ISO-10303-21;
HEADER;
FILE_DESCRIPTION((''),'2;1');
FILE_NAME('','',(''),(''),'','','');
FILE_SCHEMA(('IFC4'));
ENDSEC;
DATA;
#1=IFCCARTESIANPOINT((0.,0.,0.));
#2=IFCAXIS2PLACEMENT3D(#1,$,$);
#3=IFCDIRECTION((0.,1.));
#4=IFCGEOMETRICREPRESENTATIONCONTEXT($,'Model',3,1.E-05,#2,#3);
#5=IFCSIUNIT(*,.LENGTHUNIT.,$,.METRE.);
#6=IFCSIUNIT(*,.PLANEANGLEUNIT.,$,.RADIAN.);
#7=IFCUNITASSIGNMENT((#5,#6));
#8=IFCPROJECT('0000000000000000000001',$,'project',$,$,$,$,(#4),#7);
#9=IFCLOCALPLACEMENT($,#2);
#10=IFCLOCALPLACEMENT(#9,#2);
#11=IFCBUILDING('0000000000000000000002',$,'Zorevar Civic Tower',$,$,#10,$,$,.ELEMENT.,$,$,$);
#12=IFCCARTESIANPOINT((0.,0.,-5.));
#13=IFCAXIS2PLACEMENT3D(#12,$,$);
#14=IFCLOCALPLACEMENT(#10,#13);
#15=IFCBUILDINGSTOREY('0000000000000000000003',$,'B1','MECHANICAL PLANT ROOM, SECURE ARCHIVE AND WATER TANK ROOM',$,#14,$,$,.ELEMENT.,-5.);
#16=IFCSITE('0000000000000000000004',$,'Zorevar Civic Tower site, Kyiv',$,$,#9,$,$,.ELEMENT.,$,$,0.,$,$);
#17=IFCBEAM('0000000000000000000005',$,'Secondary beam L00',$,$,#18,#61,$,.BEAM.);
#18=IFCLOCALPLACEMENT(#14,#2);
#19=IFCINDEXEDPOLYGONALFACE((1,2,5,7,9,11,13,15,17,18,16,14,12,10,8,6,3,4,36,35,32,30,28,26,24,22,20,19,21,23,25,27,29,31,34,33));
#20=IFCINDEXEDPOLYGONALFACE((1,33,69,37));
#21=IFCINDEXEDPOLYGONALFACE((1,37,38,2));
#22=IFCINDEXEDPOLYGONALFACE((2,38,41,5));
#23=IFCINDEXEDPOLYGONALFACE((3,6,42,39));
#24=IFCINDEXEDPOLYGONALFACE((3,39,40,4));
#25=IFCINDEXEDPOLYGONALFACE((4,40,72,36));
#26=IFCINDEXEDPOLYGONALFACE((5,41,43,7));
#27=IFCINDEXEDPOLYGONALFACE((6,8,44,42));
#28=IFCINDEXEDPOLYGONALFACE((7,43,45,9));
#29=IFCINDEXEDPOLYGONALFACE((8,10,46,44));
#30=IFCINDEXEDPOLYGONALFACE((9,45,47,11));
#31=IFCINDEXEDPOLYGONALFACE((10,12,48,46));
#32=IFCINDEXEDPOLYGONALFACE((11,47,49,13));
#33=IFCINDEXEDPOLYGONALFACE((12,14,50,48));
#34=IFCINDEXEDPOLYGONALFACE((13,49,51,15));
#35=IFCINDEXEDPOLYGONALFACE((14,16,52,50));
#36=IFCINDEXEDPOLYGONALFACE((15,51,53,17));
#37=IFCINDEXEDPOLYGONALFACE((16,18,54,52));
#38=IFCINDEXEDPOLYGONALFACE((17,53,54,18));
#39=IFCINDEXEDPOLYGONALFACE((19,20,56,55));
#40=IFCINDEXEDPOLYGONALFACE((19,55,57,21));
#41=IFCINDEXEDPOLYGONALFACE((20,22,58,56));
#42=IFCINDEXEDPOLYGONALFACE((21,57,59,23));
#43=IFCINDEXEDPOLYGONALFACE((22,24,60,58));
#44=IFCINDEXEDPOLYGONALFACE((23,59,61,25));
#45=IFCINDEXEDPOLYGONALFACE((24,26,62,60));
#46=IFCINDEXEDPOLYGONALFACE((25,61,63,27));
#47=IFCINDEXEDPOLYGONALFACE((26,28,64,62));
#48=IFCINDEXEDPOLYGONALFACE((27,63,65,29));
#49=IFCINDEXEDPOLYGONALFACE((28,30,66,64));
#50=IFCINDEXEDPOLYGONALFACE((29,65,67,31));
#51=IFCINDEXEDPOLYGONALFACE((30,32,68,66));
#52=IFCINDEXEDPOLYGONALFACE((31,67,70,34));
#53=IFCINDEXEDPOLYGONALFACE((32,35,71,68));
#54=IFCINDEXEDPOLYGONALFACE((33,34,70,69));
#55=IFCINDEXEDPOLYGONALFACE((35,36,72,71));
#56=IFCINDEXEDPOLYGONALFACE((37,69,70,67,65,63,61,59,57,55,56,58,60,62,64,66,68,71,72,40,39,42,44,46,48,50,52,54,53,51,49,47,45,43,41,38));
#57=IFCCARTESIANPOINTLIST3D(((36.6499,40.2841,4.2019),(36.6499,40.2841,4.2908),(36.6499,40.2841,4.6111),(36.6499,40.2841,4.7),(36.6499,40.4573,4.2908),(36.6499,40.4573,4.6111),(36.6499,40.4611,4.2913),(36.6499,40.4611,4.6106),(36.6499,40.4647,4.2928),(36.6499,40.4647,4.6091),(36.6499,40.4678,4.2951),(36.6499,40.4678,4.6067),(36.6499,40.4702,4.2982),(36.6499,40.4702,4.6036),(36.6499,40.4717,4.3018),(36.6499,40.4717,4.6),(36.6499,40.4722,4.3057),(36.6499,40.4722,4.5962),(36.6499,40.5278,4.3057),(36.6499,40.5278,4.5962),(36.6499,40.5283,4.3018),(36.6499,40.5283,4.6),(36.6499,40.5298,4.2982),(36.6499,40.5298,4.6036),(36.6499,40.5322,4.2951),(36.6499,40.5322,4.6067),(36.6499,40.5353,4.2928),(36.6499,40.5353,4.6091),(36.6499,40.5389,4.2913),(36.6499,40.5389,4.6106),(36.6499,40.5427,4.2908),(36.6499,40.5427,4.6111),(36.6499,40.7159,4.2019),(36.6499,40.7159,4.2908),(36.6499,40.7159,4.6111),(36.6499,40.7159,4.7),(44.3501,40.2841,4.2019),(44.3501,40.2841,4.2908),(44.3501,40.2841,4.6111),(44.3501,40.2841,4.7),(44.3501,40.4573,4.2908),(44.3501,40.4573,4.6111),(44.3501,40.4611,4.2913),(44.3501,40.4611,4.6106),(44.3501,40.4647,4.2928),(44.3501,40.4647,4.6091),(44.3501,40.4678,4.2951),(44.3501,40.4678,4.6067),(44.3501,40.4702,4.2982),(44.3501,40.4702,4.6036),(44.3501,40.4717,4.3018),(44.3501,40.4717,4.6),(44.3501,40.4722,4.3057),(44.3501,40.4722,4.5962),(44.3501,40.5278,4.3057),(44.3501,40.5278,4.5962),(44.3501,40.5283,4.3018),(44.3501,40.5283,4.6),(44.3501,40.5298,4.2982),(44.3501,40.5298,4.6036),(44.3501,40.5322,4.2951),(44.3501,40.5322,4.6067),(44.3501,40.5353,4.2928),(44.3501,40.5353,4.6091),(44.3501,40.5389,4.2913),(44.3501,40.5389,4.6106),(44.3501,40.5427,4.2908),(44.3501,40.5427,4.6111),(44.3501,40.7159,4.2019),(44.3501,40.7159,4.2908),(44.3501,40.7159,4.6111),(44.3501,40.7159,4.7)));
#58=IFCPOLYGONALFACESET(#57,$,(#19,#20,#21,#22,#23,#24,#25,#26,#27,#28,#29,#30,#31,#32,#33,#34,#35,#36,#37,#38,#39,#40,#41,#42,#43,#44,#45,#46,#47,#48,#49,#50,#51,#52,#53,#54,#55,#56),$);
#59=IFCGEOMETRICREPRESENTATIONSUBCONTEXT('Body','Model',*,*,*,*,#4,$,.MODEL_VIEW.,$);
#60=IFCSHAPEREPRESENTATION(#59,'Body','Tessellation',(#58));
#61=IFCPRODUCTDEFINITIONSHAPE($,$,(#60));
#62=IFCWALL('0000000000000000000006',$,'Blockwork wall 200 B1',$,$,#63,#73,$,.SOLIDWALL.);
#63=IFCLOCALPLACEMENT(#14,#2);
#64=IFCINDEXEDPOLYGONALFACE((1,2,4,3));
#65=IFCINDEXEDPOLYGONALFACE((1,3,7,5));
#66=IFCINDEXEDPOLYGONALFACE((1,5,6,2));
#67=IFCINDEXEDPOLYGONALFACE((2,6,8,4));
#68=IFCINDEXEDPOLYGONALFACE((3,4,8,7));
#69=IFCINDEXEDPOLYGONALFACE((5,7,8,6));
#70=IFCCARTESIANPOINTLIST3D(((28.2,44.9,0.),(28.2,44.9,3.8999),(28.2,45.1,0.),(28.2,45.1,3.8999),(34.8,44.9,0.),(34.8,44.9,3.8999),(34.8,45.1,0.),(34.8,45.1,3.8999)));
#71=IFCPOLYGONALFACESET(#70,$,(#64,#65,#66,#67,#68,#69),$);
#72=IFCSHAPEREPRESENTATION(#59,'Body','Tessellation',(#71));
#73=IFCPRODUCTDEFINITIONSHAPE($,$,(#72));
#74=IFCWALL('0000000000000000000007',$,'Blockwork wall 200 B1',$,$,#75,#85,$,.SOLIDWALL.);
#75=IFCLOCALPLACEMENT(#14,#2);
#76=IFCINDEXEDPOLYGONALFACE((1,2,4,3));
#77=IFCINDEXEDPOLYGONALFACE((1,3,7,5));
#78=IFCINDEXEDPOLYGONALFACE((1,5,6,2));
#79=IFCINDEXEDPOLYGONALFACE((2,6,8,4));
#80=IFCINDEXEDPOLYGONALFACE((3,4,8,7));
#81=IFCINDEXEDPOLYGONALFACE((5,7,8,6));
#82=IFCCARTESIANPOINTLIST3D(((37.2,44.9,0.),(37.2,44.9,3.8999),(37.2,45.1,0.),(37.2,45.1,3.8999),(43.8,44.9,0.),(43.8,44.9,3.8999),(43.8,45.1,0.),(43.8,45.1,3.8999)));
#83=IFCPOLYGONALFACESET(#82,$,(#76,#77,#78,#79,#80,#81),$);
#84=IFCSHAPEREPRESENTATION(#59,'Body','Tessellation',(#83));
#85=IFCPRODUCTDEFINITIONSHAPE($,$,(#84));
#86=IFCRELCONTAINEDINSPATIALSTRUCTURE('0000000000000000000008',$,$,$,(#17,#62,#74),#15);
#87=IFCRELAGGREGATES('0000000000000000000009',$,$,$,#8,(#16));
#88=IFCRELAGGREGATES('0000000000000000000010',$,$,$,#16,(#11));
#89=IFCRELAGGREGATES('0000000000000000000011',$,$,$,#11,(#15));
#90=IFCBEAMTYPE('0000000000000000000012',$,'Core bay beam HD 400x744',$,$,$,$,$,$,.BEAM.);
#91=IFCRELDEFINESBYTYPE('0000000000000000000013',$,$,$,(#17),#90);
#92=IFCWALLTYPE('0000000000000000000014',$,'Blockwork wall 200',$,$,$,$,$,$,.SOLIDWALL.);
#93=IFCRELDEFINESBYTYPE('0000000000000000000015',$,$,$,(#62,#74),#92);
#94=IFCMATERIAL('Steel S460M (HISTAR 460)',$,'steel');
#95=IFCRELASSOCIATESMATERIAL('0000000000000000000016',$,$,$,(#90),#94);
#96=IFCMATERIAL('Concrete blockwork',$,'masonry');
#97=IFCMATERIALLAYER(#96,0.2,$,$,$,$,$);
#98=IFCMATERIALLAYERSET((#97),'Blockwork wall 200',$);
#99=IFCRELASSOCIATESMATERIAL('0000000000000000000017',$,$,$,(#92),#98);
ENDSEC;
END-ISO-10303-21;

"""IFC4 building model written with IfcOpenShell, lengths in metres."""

from ifc_helpers import new_model, si_unit, direction, frame, frame_2d, origin, origin_2d, place, context, subcontext, project, spatial, rectangle, i_section, extrude, material, layer, layer_set, material_profile, profile_set, type_object, element, save


model = new_model("IFC4")

# Units and contexts
model_context = context("Model", 3, precision=1e-05, world=origin(), true_north=direction((0.0, 1.0)))
body_context = subcontext(model_context, "Body", "Model", "MODEL_VIEW")
ifc_project = project(units=[si_unit("LENGTHUNIT", "METRE"), si_unit("PLANEANGLEUNIT", "RADIAN")], contexts=[model_context])

# Site, building, storey
site_placement = place(None, origin())
site = spatial("IfcSite", under=ifc_project, at=site_placement, Name="Zorevar Civic Tower site, Kyiv", CompositionType="ELEMENT", RefElevation=0.0)
building_placement = place(site_placement, origin())
building = spatial("IfcBuilding", under=site, at=building_placement, Name="Zorevar Civic Tower", CompositionType="ELEMENT")
storey_placement = place(building_placement, frame((0.0, 0.0, -5.0)))
storey = spatial("IfcBuildingStorey", under=building, at=storey_placement, Name="B1", Description="MECHANICAL PLANT ROOM, SECURE ARCHIVE AND WATER TANK ROOM", CompositionType="ELEMENT", Elevation=-5.0)

# Beam
ifc_material_1 = material(Name="Steel S460M (HISTAR 460)", Category="steel")
ifc_material_profile_1 = material_profile(ifc_material_1, i_section(OverallWidth=0.4319, OverallDepth=0.498, WebThickness=0.0557, FlangeThickness=0.0889, FilletRadius=0.0149, at=origin_2d()), Name="HD 400x744")
ifc_profile_set_1 = profile_set([ifc_material_profile_1], Name="Steel S460M (HISTAR 460)")
beam_type_1 = type_object("IfcBeamType", Name="Core bay beam HD 400x744", PredefinedType="BEAM", material=ifc_profile_set_1)
for number, where, z_axis, x_axis, name in (
    (1, (36.6499, 40.5, 4.4509), (1.0, 0.0, 0.0), (0.0, 1.0, 0.0), "Secondary beam L00"),
):
    element("IfcBeam", number, at=place(storey_placement, frame(where, z_axis=z_axis, x_axis=x_axis)), inside=storey, type_object=beam_type_1, Name=name, PredefinedType="BEAM", context=body_context, shape_type="SweptSolid", body=[
        extrude(i_section(OverallWidth=0.4319, OverallDepth=0.498, WebThickness=0.0557, FlangeThickness=0.0889, FilletRadius=0.0149, at=origin_2d()), origin(), (0.0, 0.0, 1.0), 7.7002),
    ])

# Walls
ifc_material_2 = material(Name="Concrete blockwork", Category="masonry")
ifc_layer = layer(ifc_material_2, 0.2)
ifc_layer_set = layer_set([ifc_layer], Name="Blockwork wall 200")
wall_type = type_object("IfcWallType", Name="Blockwork wall 200", PredefinedType="SOLIDWALL", material=ifc_layer_set)
for number, where, z_axis, x_axis, name in (
    (2, (28.2, 45.0, 0.0), (0.0, 0.0, 1.0), (1.0, 0.0, 0.0), "Blockwork wall 200 B1"),
    (3, (37.2, 45.0, 0.0), (0.0, 0.0, 1.0), (1.0, 0.0, 0.0), "Blockwork wall 200 B1"),
):
    element("IfcWall", number, at=place(storey_placement, frame(where, z_axis=z_axis, x_axis=x_axis)), inside=storey, type_object=wall_type, Name=name, PredefinedType="SOLIDWALL", context=body_context, shape_type="SweptSolid", body=[
        extrude(rectangle(XDim=6.6001, YDim=0.2, at=frame_2d((3.3, 0.0))), origin(), (0.0, 0.0, 1.0), 3.8999),
    ])

save(model, "model.ifc")
